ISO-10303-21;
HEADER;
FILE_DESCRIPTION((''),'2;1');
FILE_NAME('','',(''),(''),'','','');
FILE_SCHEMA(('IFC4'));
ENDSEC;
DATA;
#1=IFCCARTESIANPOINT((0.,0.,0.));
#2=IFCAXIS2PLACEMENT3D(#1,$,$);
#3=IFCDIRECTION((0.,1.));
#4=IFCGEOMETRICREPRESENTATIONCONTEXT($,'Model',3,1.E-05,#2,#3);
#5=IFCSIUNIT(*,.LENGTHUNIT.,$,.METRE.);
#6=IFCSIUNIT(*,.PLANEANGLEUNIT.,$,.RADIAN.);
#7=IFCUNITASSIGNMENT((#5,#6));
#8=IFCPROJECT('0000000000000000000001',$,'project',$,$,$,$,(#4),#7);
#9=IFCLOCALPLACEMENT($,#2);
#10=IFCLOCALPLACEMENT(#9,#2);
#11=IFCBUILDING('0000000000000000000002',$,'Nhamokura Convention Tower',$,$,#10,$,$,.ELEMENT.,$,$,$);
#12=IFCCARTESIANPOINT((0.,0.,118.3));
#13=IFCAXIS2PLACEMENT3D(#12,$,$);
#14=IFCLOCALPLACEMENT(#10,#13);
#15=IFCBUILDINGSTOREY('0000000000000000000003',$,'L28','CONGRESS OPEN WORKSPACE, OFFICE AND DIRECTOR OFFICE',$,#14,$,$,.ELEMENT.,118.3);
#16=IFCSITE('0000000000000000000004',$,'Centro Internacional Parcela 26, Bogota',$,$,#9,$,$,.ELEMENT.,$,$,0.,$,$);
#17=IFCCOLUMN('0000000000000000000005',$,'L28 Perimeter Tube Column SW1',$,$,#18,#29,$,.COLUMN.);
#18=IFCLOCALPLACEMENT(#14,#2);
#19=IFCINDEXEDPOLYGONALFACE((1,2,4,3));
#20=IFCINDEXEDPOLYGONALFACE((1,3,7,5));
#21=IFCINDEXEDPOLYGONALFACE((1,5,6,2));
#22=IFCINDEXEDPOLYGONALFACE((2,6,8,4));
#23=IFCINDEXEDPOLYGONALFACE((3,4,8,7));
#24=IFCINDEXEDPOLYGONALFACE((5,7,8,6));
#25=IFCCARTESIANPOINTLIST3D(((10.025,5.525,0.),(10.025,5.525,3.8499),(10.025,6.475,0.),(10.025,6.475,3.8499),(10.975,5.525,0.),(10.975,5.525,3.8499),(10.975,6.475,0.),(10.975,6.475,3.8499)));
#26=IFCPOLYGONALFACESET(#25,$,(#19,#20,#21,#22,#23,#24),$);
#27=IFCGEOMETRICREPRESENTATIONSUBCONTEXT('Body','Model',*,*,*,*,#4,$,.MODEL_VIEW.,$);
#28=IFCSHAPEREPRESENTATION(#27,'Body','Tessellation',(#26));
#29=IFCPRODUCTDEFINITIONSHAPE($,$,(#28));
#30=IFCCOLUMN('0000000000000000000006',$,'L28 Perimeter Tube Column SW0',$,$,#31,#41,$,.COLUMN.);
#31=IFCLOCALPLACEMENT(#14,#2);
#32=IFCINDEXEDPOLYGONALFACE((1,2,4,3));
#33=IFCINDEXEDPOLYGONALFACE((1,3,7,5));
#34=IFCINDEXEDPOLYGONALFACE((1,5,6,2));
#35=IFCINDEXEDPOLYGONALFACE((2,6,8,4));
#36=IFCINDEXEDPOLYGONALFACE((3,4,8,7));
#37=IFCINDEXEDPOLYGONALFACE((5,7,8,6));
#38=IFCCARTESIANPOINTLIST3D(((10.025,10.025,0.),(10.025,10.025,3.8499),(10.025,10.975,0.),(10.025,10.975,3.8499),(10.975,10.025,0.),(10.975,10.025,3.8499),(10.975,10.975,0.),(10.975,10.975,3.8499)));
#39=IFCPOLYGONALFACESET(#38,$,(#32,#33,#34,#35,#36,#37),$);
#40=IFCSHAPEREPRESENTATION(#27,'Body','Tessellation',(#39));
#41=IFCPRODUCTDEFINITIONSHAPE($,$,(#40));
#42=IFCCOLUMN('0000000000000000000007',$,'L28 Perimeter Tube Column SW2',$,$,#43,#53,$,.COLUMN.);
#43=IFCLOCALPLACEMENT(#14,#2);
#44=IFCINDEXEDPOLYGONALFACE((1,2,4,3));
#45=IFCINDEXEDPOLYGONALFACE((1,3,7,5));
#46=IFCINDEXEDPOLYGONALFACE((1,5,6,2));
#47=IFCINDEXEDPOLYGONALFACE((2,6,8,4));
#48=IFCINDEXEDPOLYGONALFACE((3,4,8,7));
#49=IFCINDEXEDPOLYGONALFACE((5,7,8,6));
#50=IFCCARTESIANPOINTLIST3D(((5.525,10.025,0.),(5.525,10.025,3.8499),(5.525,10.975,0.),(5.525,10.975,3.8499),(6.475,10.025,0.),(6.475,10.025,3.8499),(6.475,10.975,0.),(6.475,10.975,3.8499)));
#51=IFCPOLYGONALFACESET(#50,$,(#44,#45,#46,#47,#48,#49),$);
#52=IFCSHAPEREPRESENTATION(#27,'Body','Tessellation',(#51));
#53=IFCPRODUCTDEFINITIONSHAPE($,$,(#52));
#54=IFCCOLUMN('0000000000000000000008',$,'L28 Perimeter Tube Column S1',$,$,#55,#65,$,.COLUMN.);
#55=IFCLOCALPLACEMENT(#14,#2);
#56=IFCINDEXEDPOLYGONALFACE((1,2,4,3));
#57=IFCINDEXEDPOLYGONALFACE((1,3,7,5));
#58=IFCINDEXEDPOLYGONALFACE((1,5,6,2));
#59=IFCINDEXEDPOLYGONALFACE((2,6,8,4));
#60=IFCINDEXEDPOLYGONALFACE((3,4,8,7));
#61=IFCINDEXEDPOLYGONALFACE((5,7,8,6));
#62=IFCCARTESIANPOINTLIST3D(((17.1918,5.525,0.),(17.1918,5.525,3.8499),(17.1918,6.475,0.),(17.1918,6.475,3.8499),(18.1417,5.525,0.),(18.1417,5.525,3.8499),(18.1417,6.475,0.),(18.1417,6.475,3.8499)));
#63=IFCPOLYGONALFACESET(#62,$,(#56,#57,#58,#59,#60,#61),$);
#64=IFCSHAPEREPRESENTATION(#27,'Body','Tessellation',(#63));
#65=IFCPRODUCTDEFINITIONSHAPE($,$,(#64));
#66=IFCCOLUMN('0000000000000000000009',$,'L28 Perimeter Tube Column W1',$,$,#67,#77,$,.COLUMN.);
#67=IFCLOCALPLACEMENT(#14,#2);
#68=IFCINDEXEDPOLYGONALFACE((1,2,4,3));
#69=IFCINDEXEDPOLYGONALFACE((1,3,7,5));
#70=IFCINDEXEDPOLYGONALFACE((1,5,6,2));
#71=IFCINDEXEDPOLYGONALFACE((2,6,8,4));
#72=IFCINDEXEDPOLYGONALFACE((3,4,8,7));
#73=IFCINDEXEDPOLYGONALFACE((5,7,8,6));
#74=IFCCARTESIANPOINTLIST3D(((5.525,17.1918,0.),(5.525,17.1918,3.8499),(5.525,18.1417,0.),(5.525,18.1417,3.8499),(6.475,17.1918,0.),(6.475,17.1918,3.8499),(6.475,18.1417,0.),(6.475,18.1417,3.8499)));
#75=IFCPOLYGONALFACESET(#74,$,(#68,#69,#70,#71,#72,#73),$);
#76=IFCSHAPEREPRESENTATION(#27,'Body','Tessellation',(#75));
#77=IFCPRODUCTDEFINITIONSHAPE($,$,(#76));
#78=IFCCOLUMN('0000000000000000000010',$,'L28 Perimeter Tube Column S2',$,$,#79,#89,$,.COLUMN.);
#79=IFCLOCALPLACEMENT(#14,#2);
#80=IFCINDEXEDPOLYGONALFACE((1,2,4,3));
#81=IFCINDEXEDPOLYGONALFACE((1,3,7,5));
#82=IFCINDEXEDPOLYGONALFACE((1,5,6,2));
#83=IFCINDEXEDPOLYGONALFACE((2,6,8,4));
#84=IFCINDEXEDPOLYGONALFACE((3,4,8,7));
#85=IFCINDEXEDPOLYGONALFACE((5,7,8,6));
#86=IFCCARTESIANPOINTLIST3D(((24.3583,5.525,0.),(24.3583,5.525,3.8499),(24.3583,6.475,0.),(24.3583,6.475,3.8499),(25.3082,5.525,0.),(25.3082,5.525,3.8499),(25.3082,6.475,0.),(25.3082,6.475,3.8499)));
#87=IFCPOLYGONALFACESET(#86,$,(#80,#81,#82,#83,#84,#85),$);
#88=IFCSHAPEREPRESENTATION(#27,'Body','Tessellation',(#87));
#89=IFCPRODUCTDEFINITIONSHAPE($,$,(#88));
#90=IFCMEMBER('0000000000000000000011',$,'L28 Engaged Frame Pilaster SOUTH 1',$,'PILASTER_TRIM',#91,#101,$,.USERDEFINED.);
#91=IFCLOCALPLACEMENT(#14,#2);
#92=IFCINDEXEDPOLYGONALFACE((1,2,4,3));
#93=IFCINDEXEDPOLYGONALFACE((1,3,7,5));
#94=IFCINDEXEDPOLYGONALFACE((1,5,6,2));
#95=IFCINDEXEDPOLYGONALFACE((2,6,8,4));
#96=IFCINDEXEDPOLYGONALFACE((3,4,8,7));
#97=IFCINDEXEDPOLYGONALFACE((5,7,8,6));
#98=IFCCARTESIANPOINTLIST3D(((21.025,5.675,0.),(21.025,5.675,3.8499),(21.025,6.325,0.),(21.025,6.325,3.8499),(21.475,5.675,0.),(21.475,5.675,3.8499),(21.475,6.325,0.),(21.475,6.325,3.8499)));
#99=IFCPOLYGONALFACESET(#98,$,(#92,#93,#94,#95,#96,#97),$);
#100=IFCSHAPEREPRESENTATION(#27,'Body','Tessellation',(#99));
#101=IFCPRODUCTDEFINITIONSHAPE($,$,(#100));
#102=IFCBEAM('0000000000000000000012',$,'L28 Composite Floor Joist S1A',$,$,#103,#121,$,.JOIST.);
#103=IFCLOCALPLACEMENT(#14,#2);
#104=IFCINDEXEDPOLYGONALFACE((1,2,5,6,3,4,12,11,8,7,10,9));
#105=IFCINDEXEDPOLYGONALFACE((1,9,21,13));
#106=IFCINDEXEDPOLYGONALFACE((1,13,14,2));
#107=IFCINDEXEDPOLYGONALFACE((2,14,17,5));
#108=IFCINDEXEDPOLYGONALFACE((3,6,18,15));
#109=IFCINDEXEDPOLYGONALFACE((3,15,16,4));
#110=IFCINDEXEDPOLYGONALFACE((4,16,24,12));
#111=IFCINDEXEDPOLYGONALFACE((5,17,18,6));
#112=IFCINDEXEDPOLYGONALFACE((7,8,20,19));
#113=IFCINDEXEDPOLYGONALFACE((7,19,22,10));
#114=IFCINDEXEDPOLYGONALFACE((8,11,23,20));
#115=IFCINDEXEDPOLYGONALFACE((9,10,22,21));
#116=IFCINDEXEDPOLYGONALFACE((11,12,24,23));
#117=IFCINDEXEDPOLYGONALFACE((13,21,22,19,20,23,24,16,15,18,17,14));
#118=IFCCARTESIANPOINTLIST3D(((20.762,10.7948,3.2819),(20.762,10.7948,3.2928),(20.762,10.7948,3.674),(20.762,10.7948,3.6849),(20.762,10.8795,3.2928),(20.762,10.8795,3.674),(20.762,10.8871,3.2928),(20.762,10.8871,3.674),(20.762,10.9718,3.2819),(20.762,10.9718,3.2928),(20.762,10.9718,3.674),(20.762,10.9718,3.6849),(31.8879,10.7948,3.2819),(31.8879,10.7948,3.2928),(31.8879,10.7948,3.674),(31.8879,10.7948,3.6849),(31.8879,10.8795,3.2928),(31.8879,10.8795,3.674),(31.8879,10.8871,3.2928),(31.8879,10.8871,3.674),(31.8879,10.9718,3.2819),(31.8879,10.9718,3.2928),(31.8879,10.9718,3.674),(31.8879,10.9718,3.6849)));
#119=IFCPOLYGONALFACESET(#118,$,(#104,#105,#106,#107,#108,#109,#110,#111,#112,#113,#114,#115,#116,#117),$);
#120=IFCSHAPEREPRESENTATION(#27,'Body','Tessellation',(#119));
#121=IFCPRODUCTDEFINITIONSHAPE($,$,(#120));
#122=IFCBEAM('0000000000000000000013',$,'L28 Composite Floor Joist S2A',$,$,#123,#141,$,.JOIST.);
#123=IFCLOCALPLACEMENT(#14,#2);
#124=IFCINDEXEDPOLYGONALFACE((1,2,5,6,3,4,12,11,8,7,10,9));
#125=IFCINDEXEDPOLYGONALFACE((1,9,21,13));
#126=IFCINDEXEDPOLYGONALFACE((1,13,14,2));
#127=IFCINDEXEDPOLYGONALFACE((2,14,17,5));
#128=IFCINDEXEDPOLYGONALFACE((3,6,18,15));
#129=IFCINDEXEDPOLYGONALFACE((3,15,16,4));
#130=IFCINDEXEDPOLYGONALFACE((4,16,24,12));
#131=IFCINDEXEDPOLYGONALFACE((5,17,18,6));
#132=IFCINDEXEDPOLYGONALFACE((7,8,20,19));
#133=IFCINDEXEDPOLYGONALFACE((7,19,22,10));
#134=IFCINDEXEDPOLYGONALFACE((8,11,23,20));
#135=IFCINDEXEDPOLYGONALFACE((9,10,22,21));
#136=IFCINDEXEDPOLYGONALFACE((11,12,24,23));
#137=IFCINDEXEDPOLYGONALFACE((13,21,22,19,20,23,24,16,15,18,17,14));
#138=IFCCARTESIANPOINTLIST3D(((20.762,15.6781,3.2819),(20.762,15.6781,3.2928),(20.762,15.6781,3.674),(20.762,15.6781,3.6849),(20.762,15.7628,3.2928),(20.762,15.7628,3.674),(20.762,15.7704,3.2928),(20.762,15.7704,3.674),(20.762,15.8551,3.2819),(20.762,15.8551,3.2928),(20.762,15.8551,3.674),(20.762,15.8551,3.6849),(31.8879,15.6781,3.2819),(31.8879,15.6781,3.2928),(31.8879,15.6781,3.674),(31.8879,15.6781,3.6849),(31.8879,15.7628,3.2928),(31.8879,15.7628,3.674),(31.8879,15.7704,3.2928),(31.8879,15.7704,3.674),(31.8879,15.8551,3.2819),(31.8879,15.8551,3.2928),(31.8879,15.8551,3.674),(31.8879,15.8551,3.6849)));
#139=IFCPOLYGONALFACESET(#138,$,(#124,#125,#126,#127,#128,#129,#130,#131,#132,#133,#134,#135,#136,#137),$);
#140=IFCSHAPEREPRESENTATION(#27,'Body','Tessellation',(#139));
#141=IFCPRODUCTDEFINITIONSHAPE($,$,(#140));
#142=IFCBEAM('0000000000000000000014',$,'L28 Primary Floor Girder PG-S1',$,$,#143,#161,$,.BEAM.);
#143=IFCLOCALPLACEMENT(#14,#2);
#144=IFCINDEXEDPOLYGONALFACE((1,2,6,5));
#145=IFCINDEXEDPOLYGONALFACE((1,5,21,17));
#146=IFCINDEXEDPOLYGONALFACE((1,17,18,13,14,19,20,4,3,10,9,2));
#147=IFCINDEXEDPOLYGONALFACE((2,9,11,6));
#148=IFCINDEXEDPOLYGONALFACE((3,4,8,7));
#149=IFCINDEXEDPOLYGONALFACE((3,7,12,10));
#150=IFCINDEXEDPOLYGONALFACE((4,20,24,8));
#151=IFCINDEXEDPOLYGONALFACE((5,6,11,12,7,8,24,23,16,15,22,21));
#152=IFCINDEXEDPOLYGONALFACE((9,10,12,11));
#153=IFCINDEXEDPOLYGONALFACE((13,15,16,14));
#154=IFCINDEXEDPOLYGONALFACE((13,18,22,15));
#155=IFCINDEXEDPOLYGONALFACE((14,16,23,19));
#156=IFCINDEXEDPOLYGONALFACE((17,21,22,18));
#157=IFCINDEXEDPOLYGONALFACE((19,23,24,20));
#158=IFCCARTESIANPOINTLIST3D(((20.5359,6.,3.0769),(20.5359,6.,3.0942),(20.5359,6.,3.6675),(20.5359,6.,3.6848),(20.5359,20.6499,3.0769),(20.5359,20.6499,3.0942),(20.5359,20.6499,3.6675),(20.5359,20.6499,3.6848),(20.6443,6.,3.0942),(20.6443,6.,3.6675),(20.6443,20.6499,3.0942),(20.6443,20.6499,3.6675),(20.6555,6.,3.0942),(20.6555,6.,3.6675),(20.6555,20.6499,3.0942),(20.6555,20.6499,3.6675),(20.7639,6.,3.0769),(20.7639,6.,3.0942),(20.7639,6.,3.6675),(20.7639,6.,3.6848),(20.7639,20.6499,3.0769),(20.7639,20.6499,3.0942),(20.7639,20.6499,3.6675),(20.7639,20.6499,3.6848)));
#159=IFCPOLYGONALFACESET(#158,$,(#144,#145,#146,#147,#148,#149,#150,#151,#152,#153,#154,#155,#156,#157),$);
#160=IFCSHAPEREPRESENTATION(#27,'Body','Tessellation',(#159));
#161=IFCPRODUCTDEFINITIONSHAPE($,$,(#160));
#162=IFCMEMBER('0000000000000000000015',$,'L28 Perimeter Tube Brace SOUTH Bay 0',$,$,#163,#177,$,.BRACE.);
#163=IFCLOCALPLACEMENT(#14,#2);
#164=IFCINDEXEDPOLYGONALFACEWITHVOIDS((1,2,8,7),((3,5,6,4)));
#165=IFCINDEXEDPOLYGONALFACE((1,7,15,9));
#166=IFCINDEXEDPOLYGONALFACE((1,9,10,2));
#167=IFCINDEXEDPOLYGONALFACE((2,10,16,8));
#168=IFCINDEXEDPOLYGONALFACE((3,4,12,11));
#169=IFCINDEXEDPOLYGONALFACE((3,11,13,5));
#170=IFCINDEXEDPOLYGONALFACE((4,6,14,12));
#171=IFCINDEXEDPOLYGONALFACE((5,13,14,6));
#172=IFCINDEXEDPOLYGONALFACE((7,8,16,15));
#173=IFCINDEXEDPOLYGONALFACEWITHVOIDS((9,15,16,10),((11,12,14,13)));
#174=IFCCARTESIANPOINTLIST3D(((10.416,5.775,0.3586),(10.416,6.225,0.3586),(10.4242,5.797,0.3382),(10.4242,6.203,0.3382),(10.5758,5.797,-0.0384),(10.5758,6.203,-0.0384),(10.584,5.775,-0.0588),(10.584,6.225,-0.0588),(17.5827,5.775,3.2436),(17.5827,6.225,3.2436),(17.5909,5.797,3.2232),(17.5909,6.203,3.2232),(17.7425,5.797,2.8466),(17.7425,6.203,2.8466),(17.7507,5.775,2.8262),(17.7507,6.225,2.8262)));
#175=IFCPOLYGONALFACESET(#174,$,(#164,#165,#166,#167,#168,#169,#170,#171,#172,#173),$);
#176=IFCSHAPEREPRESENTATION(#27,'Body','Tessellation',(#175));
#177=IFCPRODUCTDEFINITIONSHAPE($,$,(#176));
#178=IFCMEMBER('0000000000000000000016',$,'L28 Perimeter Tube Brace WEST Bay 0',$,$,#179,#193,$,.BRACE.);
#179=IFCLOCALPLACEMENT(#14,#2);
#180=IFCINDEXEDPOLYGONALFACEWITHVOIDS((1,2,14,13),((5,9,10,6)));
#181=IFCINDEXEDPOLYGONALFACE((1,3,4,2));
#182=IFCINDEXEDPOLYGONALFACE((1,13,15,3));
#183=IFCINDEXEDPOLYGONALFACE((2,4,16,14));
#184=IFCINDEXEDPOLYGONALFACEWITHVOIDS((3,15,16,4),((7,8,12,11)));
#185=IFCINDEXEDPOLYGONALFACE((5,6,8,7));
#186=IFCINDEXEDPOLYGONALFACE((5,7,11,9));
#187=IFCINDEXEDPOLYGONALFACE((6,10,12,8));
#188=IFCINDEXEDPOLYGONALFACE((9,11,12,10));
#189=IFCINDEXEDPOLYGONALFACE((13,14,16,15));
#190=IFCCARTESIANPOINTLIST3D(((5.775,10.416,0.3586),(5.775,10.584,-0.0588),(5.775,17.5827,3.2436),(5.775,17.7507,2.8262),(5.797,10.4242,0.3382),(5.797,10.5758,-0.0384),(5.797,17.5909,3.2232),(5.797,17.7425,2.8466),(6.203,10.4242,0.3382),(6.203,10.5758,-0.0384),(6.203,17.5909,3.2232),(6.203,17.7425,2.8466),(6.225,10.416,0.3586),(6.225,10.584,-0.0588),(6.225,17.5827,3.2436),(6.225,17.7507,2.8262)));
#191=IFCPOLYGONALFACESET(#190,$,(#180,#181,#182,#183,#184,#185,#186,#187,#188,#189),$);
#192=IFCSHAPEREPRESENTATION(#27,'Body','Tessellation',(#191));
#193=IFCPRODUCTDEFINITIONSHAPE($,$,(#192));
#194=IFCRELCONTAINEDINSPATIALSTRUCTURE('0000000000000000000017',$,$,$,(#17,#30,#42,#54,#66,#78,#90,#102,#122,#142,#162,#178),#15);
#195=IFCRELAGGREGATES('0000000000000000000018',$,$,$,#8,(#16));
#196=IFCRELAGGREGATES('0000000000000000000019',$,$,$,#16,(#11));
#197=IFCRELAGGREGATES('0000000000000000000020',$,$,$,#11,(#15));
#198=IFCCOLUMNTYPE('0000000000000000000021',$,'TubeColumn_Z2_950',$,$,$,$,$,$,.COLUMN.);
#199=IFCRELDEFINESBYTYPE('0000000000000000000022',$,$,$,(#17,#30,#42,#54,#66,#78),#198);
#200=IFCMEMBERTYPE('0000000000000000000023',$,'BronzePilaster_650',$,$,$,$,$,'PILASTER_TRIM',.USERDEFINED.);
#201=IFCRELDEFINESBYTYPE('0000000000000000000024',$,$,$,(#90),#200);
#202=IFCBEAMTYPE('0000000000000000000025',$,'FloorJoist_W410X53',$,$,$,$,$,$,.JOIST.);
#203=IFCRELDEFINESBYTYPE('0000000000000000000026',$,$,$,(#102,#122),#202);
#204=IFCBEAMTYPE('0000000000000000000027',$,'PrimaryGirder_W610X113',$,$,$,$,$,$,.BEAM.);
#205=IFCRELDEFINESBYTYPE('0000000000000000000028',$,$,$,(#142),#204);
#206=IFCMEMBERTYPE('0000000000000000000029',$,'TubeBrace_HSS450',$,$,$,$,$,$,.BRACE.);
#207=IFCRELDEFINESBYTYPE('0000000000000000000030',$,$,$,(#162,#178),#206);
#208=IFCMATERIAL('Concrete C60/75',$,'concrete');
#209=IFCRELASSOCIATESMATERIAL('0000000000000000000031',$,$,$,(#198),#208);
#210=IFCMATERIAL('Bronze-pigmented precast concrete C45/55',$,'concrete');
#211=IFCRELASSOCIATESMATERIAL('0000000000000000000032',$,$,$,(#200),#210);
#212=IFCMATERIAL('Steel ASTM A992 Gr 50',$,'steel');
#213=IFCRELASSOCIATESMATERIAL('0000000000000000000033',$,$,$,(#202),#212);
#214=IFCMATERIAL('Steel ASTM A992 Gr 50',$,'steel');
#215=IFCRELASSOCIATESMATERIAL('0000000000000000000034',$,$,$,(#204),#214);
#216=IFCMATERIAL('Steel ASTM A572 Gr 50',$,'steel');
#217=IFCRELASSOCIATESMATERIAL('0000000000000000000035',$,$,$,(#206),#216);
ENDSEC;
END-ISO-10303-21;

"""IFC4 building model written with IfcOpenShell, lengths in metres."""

from ifc_helpers import new_model, si_unit, direction, frame, origin, origin_2d, place, context, subcontext, project, spatial, rectangle, hollow_rectangle, i_section, extrude, material, material_profile, profile_set, type_object, element, save


model = new_model("IFC4")

# Units and contexts
model_context = context("Model", 3, precision=1e-05, world=origin(), true_north=direction((0.0, 1.0)))
body_context = subcontext(model_context, "Body", "Model", "MODEL_VIEW")
ifc_project = project(units=[si_unit("LENGTHUNIT", "METRE"), si_unit("PLANEANGLEUNIT", "RADIAN")], contexts=[model_context])

# Site, building, storey
site_placement = place(None, origin())
site = spatial("IfcSite", under=ifc_project, at=site_placement, Name="Centro Internacional Parcela 26, Bogota", CompositionType="ELEMENT", RefElevation=0.0)
building_placement = place(site_placement, origin())
building = spatial("IfcBuilding", under=site, at=building_placement, Name="Nhamokura Convention Tower", CompositionType="ELEMENT")
storey_placement = place(building_placement, frame((0.0, 0.0, 118.3)))
storey = spatial("IfcBuildingStorey", under=building, at=storey_placement, Name="L28", Description="CONGRESS OPEN WORKSPACE, OFFICE AND DIRECTOR OFFICE", CompositionType="ELEMENT", Elevation=118.3)

# Columns
ifc_material_1 = material(Name="Concrete C60/75", Category="concrete")
ifc_material_profile_1 = material_profile(ifc_material_1, rectangle(XDim=0.95, YDim=0.95, at=origin_2d()))
ifc_profile_set_1 = profile_set([ifc_material_profile_1], Name="Concrete C60/75")
column_type = type_object("IfcColumnType", Name="TubeColumn_Z2_950", PredefinedType="COLUMN", material=ifc_profile_set_1)
for number, where, z_axis, x_axis, name in (
    (1, (10.5, 6.0, 0.0), (0.0, 0.0, 1.0), (1.0, 0.0, 0.0), "L28 Perimeter Tube Column SW1"),
    (2, (10.5, 10.5, 0.0), (0.0, 0.0, 1.0), (1.0, 0.0, 0.0), "L28 Perimeter Tube Column SW0"),
    (3, (6.0, 10.5, 0.0), (0.0, 0.0, 1.0), (1.0, 0.0, 0.0), "L28 Perimeter Tube Column SW2"),
    (4, (17.6667, 6.0, 0.0), (0.0, 0.0, 1.0), (1.0, 0.0, 0.0), "L28 Perimeter Tube Column S1"),
    (5, (6.0, 17.6667, 0.0), (0.0, 0.0, 1.0), (1.0, 0.0, 0.0), "L28 Perimeter Tube Column W1"),
    (6, (24.8333, 6.0, 0.0), (0.0, 0.0, 1.0), (1.0, 0.0, 0.0), "L28 Perimeter Tube Column S2"),
):
    element("IfcColumn", number, at=place(storey_placement, frame(where, z_axis=z_axis, x_axis=x_axis)), inside=storey, type_object=column_type, Name=name, PredefinedType="COLUMN", context=body_context, shape_type="SweptSolid", body=[
        extrude(rectangle(XDim=0.95, YDim=0.95, at=origin_2d()), origin(), (0.0, 0.0, 1.0), 3.8499),
    ])

# Member
ifc_material_2 = material(Name="Bronze-pigmented precast concrete C45/55", Category="concrete")
ifc_material_profile_2 = material_profile(ifc_material_2, rectangle(XDim=0.45, YDim=0.6499, at=origin_2d()))
ifc_profile_set_2 = profile_set([ifc_material_profile_2], Name="Bronze-pigmented precast concrete C45/55")
member_type_1 = type_object("IfcMemberType", Name="BronzePilaster_650", ElementType="PILASTER_TRIM", PredefinedType="USERDEFINED", material=ifc_profile_set_2)
member_placement = place(storey_placement, frame((21.25, 6.0, 0.0), z_axis=(0.0, 0.0, 1.0), x_axis=(1.0, 0.0, 0.0)))
element("IfcMember", 7, at=member_placement, inside=storey, type_object=member_type_1, Name="L28 Engaged Frame Pilaster SOUTH 1", ObjectType="PILASTER_TRIM", PredefinedType="USERDEFINED", context=body_context, shape_type="SweptSolid", body=[
    extrude(rectangle(XDim=0.45, YDim=0.6499, at=origin_2d()), origin(), (0.0, 0.0, 1.0), 3.8499),
])

# Beams
ifc_material_3 = material(Name="Steel ASTM A992 Gr 50", Category="steel")
ifc_material_profile_3 = material_profile(ifc_material_3, i_section(OverallWidth=0.177, OverallDepth=0.4031, WebThickness=0.0076, FlangeThickness=0.011, at=origin_2d()))
ifc_profile_set_3 = profile_set([ifc_material_profile_3], Name="Steel ASTM A992 Gr 50")
beam_type_1 = type_object("IfcBeamType", Name="FloorJoist_W410X53", PredefinedType="JOIST", material=ifc_profile_set_3)
for number, where, z_axis, x_axis, name in (
    (8, (20.762, 10.8833, 3.4834), (1.0, 0.0, 0.0), (0.0, 1.0, 0.0), "L28 Composite Floor Joist S1A"),
    (9, (20.762, 15.7666, 3.4834), (1.0, 0.0, 0.0), (0.0, 1.0, 0.0), "L28 Composite Floor Joist S2A"),
):
    element("IfcBeam", number, at=place(storey_placement, frame(where, z_axis=z_axis, x_axis=x_axis)), inside=storey, type_object=beam_type_1, Name=name, PredefinedType="JOIST", context=body_context, shape_type="SweptSolid", body=[
        extrude(i_section(OverallWidth=0.177, OverallDepth=0.4031, WebThickness=0.0076, FlangeThickness=0.011, at=origin_2d()), origin(), (0.0, 0.0, 1.0), 11.126),
    ])
ifc_material_4 = material(Name="Steel ASTM A992 Gr 50", Category="steel")
ifc_material_profile_4 = material_profile(ifc_material_4, i_section(OverallWidth=0.228, OverallDepth=0.6079, WebThickness=0.0112, FlangeThickness=0.0173, at=origin_2d()))
ifc_profile_set_4 = profile_set([ifc_material_profile_4], Name="Steel ASTM A992 Gr 50")
beam_type_2 = type_object("IfcBeamType", Name="PrimaryGirder_W610X113", PredefinedType="BEAM", material=ifc_profile_set_4)
beam_1_placement = place(storey_placement, frame((20.6499, 6.0, 3.3809), z_axis=(0.0, 1.0, 0.0), x_axis=(-1.0, 0.0, 0.0)))
element("IfcBeam", 10, at=beam_1_placement, inside=storey, type_object=beam_type_2, Name="L28 Primary Floor Girder PG-S1", PredefinedType="BEAM", context=body_context, shape_type="SweptSolid", body=[
    extrude(i_section(OverallWidth=0.228, OverallDepth=0.6079, WebThickness=0.0112, FlangeThickness=0.0173, at=origin_2d()), origin(), (0.0, 0.0, 1.0), 14.6499),
])

# Members
ifc_material_5 = material(Name="Steel ASTM A572 Gr 50", Category="steel")
ifc_material_profile_5 = material_profile(ifc_material_5, hollow_rectangle(XDim=0.45, YDim=0.45, WallThickness=0.022, at=origin_2d()))
ifc_profile_set_5 = profile_set([ifc_material_profile_5], Name="Steel ASTM A572 Gr 50")
member_type_2 = type_object("IfcMemberType", Name="TubeBrace_HSS450", PredefinedType="BRACE", material=ifc_profile_set_5)
for number, where, z_axis, x_axis, name in (
    (11, (10.5, 6.0, 0.1499), (0.927657, 0.0, 0.373433), (0.0, 1.0, 0.0), "L28 Perimeter Tube Brace SOUTH Bay 0"),
    (12, (6.0, 10.5, 0.1499), (0.0, 0.927657, 0.373433), (-1.0, 0.0, 0.0), "L28 Perimeter Tube Brace WEST Bay 0"),
):
    element("IfcMember", number, at=place(storey_placement, frame(where, z_axis=z_axis, x_axis=x_axis)), inside=storey, type_object=member_type_2, Name=name, PredefinedType="BRACE", context=body_context, shape_type="SweptSolid", body=[
        extrude(hollow_rectangle(XDim=0.45, YDim=0.45, WallThickness=0.022, at=origin_2d()), origin(), (0.0, 0.0, 1.0), 7.7256),
    ])

save(model, "model.ifc")
